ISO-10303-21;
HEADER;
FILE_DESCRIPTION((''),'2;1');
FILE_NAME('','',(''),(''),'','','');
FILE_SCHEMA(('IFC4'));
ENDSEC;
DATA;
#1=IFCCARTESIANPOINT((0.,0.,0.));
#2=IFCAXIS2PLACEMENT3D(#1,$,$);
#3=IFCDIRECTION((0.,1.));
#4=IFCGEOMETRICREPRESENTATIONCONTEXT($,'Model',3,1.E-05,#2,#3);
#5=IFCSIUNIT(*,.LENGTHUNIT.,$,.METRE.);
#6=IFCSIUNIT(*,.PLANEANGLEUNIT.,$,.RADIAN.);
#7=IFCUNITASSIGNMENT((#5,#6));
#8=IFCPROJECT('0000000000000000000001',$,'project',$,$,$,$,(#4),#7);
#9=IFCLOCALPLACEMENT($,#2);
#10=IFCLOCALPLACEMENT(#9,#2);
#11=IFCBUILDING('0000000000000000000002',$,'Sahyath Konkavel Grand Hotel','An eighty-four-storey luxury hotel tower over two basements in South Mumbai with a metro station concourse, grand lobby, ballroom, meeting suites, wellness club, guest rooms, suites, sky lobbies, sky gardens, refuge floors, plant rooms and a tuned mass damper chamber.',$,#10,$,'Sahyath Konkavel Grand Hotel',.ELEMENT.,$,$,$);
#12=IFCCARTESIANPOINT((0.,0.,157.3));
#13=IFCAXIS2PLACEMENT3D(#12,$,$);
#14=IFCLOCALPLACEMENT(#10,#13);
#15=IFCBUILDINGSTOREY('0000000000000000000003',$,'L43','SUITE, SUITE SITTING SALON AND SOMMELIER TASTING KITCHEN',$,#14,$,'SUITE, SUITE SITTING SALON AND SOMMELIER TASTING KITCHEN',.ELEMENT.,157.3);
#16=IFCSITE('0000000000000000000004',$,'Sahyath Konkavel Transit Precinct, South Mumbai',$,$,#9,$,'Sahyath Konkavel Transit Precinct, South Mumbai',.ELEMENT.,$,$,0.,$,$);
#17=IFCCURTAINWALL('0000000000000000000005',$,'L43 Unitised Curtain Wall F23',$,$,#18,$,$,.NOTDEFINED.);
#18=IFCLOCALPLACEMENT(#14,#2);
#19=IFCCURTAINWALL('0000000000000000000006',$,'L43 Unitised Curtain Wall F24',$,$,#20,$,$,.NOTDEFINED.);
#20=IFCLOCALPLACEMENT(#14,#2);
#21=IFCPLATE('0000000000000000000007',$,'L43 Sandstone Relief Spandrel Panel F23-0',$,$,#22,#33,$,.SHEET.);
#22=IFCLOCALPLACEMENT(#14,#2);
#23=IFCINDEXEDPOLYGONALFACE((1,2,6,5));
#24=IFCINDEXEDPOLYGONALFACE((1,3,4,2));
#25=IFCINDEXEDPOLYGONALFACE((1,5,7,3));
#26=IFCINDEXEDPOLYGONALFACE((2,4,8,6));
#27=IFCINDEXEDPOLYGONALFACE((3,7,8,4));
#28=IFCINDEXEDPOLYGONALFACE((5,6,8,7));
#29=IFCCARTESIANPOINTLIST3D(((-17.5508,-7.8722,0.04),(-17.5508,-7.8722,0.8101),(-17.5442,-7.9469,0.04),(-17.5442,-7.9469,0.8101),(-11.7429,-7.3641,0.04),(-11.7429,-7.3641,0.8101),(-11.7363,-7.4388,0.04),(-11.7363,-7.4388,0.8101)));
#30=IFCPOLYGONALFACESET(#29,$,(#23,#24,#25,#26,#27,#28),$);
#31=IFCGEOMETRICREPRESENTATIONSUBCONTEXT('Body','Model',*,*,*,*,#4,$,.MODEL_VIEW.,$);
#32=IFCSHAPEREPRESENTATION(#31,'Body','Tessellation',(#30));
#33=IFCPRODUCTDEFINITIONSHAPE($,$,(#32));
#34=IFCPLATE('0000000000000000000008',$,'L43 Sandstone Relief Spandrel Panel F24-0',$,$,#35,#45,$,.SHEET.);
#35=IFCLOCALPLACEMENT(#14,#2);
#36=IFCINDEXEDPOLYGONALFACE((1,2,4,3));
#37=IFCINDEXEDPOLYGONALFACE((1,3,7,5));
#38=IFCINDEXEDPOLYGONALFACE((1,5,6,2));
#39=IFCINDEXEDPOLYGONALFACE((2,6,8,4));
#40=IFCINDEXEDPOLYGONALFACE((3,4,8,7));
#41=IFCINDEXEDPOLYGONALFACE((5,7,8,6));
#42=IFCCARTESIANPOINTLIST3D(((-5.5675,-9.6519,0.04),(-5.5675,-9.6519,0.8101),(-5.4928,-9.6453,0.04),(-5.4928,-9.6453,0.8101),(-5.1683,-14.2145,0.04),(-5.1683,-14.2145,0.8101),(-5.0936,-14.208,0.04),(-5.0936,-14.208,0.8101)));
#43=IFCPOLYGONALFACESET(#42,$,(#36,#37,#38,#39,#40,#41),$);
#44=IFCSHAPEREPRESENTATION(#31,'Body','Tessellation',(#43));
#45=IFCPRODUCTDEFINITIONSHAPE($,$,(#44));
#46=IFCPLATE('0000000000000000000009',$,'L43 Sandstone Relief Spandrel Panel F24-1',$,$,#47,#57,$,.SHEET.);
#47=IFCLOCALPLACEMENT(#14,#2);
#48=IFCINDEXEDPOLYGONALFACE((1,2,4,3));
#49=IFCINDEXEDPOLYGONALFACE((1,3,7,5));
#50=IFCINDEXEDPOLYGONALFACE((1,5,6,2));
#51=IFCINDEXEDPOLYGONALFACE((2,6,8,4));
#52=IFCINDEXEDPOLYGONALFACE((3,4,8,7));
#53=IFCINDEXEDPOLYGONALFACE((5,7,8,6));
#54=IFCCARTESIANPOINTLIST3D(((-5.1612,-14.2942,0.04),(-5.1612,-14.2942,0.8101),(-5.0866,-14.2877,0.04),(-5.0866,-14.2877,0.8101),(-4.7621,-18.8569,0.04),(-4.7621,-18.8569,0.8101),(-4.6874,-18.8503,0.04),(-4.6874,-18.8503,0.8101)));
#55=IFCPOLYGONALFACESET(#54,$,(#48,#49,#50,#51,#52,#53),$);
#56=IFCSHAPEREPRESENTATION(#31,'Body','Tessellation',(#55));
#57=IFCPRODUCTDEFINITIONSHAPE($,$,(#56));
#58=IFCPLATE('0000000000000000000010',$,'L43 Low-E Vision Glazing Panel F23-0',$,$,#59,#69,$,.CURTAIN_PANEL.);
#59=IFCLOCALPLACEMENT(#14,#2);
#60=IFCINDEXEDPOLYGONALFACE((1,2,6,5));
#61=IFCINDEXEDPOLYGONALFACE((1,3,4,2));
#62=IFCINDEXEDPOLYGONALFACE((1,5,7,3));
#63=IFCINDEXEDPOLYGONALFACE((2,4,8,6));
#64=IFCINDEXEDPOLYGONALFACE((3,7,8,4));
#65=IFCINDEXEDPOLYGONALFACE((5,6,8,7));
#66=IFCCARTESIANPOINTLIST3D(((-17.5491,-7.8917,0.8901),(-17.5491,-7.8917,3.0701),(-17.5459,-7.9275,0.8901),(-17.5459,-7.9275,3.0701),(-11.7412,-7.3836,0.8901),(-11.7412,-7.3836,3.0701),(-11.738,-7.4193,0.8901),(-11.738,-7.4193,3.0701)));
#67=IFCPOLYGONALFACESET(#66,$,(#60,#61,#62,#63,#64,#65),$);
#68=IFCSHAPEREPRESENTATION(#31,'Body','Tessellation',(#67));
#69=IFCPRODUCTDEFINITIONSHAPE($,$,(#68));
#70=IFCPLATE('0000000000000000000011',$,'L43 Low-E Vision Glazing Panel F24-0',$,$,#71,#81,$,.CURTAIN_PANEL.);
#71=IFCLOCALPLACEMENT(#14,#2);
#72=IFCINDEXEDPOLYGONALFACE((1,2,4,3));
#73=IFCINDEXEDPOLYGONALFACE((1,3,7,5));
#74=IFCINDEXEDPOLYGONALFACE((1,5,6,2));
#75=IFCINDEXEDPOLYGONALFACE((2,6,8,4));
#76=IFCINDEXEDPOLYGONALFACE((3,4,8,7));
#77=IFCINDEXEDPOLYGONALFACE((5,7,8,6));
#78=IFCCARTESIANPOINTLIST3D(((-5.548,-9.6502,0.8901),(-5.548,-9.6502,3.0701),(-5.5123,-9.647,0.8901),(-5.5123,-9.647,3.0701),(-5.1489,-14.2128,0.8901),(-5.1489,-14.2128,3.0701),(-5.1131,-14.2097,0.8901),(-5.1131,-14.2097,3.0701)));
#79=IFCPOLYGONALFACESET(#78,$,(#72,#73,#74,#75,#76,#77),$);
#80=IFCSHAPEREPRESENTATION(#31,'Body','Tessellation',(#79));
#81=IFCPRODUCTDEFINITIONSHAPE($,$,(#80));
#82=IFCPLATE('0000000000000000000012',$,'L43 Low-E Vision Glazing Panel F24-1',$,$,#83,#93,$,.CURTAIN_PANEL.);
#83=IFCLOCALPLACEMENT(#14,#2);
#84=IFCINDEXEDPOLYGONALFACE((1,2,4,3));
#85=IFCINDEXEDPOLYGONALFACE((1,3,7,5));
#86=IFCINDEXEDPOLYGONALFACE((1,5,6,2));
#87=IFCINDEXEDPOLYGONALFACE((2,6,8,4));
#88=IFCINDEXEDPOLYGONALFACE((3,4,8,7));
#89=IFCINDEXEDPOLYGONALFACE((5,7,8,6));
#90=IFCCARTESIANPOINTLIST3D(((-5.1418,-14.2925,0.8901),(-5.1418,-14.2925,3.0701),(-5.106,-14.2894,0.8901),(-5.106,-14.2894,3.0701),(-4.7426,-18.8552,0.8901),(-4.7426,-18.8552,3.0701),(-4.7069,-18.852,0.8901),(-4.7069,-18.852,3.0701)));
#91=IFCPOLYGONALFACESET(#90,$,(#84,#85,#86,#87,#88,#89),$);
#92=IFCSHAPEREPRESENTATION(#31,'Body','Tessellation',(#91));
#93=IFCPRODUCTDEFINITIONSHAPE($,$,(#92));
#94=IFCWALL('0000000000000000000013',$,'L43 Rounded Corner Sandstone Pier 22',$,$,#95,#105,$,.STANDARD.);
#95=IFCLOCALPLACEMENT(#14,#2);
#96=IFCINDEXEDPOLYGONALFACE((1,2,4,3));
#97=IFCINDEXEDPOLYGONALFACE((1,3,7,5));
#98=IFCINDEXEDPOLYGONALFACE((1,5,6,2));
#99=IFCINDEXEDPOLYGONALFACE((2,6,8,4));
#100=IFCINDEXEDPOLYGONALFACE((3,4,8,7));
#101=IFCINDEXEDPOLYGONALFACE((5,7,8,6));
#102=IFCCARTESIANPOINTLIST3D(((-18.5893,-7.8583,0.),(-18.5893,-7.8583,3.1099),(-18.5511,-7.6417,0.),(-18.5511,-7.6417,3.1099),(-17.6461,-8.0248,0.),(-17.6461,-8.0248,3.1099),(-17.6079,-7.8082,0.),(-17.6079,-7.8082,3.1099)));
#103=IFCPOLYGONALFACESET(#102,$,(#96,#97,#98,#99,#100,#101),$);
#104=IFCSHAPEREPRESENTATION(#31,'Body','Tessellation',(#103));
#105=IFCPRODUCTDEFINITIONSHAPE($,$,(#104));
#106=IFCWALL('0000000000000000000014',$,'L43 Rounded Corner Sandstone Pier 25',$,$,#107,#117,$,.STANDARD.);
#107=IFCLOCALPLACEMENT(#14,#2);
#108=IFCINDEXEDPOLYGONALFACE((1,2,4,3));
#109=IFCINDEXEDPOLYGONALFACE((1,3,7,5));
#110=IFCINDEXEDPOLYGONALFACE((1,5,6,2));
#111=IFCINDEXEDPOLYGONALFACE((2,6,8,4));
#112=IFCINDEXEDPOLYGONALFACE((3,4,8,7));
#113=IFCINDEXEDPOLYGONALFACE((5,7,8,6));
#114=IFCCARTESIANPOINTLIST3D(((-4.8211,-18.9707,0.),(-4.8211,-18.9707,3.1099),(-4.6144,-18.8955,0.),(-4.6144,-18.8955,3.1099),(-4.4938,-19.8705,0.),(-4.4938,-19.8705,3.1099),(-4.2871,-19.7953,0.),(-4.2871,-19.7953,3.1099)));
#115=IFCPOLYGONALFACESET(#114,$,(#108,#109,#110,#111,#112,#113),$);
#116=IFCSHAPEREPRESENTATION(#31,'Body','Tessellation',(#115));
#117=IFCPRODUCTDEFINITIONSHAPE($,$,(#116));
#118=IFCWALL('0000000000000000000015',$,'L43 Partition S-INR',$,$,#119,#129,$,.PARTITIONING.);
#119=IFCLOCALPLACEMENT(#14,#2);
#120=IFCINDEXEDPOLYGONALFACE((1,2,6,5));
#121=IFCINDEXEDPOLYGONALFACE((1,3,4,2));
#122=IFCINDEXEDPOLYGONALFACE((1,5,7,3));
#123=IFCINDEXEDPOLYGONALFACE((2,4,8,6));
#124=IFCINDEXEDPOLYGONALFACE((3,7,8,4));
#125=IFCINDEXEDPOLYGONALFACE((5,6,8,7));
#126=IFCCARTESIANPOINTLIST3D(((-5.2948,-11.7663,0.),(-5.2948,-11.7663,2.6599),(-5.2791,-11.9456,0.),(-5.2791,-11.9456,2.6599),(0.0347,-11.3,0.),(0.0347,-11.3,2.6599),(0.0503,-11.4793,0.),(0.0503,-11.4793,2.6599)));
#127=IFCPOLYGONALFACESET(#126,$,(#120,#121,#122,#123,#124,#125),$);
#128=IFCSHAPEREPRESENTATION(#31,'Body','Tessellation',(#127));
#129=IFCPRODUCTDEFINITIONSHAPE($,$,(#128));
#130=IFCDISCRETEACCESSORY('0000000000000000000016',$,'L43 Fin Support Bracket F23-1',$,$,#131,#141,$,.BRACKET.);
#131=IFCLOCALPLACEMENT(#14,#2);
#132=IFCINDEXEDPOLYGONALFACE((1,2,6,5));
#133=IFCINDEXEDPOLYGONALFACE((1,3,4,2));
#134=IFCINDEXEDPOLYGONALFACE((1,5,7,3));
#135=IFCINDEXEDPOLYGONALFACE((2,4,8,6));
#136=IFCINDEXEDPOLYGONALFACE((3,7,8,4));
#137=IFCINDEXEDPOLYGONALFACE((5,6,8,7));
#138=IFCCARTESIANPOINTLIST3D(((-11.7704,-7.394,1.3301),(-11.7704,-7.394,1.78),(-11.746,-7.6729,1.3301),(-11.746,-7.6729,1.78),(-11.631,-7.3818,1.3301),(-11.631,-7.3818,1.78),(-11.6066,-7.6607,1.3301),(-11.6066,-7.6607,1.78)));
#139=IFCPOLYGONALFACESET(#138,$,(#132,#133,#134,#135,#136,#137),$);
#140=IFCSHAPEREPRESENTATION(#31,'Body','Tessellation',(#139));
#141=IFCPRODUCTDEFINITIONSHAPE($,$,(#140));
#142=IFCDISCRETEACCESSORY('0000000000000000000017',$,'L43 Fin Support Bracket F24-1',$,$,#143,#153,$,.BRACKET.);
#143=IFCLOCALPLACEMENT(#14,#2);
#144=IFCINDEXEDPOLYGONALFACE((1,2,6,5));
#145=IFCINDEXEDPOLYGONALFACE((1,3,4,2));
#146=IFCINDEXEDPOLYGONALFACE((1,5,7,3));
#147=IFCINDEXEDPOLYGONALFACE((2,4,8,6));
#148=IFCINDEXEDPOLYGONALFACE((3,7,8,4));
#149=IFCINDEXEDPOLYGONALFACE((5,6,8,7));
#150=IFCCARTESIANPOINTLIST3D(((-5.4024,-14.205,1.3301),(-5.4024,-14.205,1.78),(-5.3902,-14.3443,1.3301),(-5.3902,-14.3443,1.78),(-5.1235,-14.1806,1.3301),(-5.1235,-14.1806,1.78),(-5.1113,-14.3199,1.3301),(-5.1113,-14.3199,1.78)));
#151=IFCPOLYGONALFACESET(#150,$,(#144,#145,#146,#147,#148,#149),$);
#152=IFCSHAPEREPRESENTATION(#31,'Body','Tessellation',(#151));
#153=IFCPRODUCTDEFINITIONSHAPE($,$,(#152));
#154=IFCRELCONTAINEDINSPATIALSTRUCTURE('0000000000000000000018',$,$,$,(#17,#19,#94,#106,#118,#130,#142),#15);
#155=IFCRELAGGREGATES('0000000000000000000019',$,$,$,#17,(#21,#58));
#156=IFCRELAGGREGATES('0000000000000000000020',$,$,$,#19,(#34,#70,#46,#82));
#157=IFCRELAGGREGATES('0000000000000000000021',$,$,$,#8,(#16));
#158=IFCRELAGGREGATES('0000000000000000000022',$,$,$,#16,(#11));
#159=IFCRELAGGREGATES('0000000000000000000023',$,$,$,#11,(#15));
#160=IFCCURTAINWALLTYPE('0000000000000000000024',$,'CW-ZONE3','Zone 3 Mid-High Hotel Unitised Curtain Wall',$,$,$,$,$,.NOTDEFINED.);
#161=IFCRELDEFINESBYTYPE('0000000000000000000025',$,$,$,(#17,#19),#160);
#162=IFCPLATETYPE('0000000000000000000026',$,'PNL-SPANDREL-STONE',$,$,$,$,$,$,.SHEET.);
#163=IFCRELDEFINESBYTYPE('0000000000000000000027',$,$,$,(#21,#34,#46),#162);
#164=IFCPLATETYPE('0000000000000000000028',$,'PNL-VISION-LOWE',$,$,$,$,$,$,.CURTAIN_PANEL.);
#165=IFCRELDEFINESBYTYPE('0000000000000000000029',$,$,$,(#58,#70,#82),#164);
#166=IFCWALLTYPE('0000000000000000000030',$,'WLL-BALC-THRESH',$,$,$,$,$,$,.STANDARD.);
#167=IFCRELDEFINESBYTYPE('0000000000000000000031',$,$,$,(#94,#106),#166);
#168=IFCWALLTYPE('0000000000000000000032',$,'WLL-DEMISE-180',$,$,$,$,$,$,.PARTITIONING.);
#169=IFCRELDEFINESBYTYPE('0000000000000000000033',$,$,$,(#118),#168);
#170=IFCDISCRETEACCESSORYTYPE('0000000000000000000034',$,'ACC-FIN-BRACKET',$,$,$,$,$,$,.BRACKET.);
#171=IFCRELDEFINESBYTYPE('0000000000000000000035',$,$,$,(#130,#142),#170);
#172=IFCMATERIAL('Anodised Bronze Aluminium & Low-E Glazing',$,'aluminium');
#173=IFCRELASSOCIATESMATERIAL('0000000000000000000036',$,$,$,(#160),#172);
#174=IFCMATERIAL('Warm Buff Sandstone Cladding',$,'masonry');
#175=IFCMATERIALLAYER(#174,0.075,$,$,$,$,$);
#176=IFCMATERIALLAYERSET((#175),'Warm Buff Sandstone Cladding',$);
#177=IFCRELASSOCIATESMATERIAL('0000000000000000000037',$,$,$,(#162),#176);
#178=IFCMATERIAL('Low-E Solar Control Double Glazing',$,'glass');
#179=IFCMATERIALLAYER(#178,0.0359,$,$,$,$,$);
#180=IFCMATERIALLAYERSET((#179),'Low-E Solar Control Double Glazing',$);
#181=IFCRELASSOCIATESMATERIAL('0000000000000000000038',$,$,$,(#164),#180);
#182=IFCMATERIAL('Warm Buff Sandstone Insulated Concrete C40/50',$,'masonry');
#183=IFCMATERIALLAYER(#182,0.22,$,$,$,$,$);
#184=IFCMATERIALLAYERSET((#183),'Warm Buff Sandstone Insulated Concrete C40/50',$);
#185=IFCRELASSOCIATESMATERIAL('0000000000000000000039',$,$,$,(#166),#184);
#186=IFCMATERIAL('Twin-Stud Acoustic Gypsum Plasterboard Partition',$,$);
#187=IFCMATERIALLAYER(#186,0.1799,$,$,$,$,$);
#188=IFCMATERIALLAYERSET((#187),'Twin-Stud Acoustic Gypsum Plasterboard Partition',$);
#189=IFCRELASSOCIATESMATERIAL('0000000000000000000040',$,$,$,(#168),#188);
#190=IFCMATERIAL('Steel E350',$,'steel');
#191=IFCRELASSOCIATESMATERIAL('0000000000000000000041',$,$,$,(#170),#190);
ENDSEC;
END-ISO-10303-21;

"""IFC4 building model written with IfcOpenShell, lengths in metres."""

from ifc_helpers import new_model, si_unit, direction, frame, frame_2d, origin, origin_2d, place, context, subcontext, project, spatial, rectangle, extrude, source, transform, mapped, material, layer, layer_set, type_object, element, aggregate, save


model = new_model("IFC4")

# Units and contexts
model_context = context("Model", 3, precision=1e-05, world=origin(), true_north=direction((0.0, 1.0)))
body_context = subcontext(model_context, "Body", "Model", "MODEL_VIEW")
ifc_project = project(units=[si_unit("LENGTHUNIT", "METRE"), si_unit("PLANEANGLEUNIT", "RADIAN")], contexts=[model_context])

# Site, building, storey
site_placement = place(None, origin())
site = spatial("IfcSite", under=ifc_project, at=site_placement, Name="Sahyath Konkavel Transit Precinct, South Mumbai", LongName="Sahyath Konkavel Transit Precinct, South Mumbai", CompositionType="ELEMENT", RefElevation=0.0)
building_placement = place(site_placement, origin())
building = spatial("IfcBuilding", under=site, at=building_placement, Name="Sahyath Konkavel Grand Hotel", Description="An eighty-four-storey luxury hotel tower over two basements in South Mumbai with a metro station concourse, grand lobby, ballroom, meeting suites, wellness club, guest rooms, suites, sky lobbies, sky gardens, refuge floors, plant rooms and a tuned mass damper chamber.", LongName="Sahyath Konkavel Grand Hotel", CompositionType="ELEMENT")
storey_placement = place(building_placement, frame((0.0, 0.0, 157.3)))
storey = spatial("IfcBuildingStorey", under=building, at=storey_placement, Name="L43", Description="SUITE, SUITE SITTING SALON AND SOMMELIER TASTING KITCHEN", LongName="SUITE, SUITE SITTING SALON AND SOMMELIER TASTING KITCHEN", CompositionType="ELEMENT", Elevation=157.3)

# Curtain walls
ifc_material_1 = material(Name="Anodised Bronze Aluminium & Low-E Glazing", Category="aluminium")
curtain_wall_type = type_object("IfcCurtainWallType", Name="CW-ZONE3", Description="Zone 3 Mid-High Hotel Unitised Curtain Wall", PredefinedType="NOTDEFINED", material=ifc_material_1)
curtain_wall_1_placement = place(storey_placement, origin())
curtain_wall_1 = element("IfcCurtainWall", 1, at=curtain_wall_1_placement, inside=storey, type_object=curtain_wall_type, Name="L43 Unitised Curtain Wall F23", PredefinedType="NOTDEFINED")
curtain_wall_2_placement = place(storey_placement, origin())
curtain_wall_2 = element("IfcCurtainWall", 2, at=curtain_wall_2_placement, inside=storey, type_object=curtain_wall_type, Name="L43 Unitised Curtain Wall F24", PredefinedType="NOTDEFINED")

# Plates
ifc_material_2 = material(Name="Warm Buff Sandstone Cladding", Category="masonry")
ifc_layer_1 = layer(ifc_material_2, 0.075)
ifc_layer_set_1 = layer_set([ifc_layer_1], Name="Warm Buff Sandstone Cladding")
plate_type_1 = type_object("IfcPlateType", Name="PNL-SPANDREL-STONE", PredefinedType="SHEET", material=ifc_layer_set_1)
shared_shape_1 = source(origin(), body_context, "Body", "SweptSolid", [
    extrude(rectangle(XDim=5.8301, YDim=0.075, at=origin_2d()), origin(), (0.0, 0.0, 1.0), 0.77),
])
plate_1_placement = place(storey_placement, frame((-14.6436, -7.6555, 0.04), z_axis=(0.0, 0.0, 1.0), x_axis=(0.996195, 0.087156, 0.0)))
plate_1 = element("IfcPlate", 3, at=plate_1_placement, type_object=plate_type_1, Name="L43 Sandstone Relief Spandrel Panel F23-0", PredefinedType="SHEET", context=body_context, shape_type="MappedRepresentation", body=[
    mapped(shared_shape_1, transform((0.0, 0.0, 0.0), scale=1.0)),
])
shared_shape_2 = source(origin(), body_context, "Body", "SweptSolid", [
    extrude(rectangle(XDim=4.5801, YDim=0.075, at=origin_2d()), origin(), (0.0, 0.0, 1.0), 0.77),
])
plate_2_placement = place(storey_placement, frame((-5.3306, -11.9299, 0.04), z_axis=(0.0, 0.0, 1.0), x_axis=(0.087156, -0.996195, 0.0)))
plate_2 = element("IfcPlate", 4, at=plate_2_placement, type_object=plate_type_1, Name="L43 Sandstone Relief Spandrel Panel F24-0", PredefinedType="SHEET", context=body_context, shape_type="MappedRepresentation", body=[
    mapped(shared_shape_2, transform((0.0, 0.0, 0.0), scale=1.0)),
])
plate_3_placement = place(storey_placement, frame((-4.9243, -16.5723, 0.04), z_axis=(0.0, 0.0, 1.0), x_axis=(0.087156, -0.996195, 0.0)))
plate_3 = element("IfcPlate", 5, at=plate_3_placement, type_object=plate_type_1, Name="L43 Sandstone Relief Spandrel Panel F24-1", PredefinedType="SHEET", context=body_context, shape_type="MappedRepresentation", body=[
    mapped(shared_shape_2, transform((0.0, 0.0, 0.0), scale=1.0)),
])
ifc_material_3 = material(Name="Low-E Solar Control Double Glazing", Category="glass")
ifc_layer_2 = layer(ifc_material_3, 0.0359)
ifc_layer_set_2 = layer_set([ifc_layer_2], Name="Low-E Solar Control Double Glazing")
plate_type_2 = type_object("IfcPlateType", Name="PNL-VISION-LOWE", PredefinedType="CURTAIN_PANEL", material=ifc_layer_set_2)
shared_shape_3 = source(origin(), body_context, "Body", "SweptSolid", [
    extrude(rectangle(XDim=5.8301, YDim=0.0359, at=origin_2d()), origin(), (0.0, 0.0, 1.0), 2.1799),
])
plate_4_placement = place(storey_placement, frame((-14.6436, -7.6555, 0.8901), z_axis=(0.0, 0.0, 1.0), x_axis=(0.996195, 0.087156, 0.0)))
plate_4 = element("IfcPlate", 6, at=plate_4_placement, type_object=plate_type_2, Name="L43 Low-E Vision Glazing Panel F23-0", PredefinedType="CURTAIN_PANEL", context=body_context, shape_type="MappedRepresentation", body=[
    mapped(shared_shape_3, transform((0.0, 0.0, 0.0), scale=1.0)),
])
aggregate(curtain_wall_1, [plate_1, plate_4])
shared_shape_4 = source(origin(), body_context, "Body", "SweptSolid", [
    extrude(rectangle(XDim=4.5801, YDim=0.0359, at=origin_2d()), origin(), (0.0, 0.0, 1.0), 2.1799),
])
plate_5_placement = place(storey_placement, frame((-5.3306, -11.9299, 0.8901), z_axis=(0.0, 0.0, 1.0), x_axis=(0.087156, -0.996195, 0.0)))
plate_5 = element("IfcPlate", 7, at=plate_5_placement, type_object=plate_type_2, Name="L43 Low-E Vision Glazing Panel F24-0", PredefinedType="CURTAIN_PANEL", context=body_context, shape_type="MappedRepresentation", body=[
    mapped(shared_shape_4, transform((0.0, 0.0, 0.0), scale=1.0)),
])
plate_6_placement = place(storey_placement, frame((-4.9243, -16.5723, 0.8901), z_axis=(0.0, 0.0, 1.0), x_axis=(0.087156, -0.996195, 0.0)))
plate_6 = element("IfcPlate", 8, at=plate_6_placement, type_object=plate_type_2, Name="L43 Low-E Vision Glazing Panel F24-1", PredefinedType="CURTAIN_PANEL", context=body_context, shape_type="MappedRepresentation", body=[
    mapped(shared_shape_4, transform((0.0, 0.0, 0.0), scale=1.0)),
])
aggregate(curtain_wall_2, [plate_2, plate_5, plate_3, plate_6])

# Walls
ifc_material_4 = material(Name="Warm Buff Sandstone Insulated Concrete C40/50", Category="masonry")
ifc_layer_3 = layer(ifc_material_4, 0.22)
ifc_layer_set_3 = layer_set([ifc_layer_3], Name="Warm Buff Sandstone Insulated Concrete C40/50")
wall_type_1 = type_object("IfcWallType", Name="WLL-BALC-THRESH", PredefinedType="STANDARD", material=ifc_layer_set_3)
wall_1_placement = place(storey_placement, frame((-18.5703, -7.75, 0.0), z_axis=(0.0, 0.0, 1.0), x_axis=(0.984771, -0.173858, 0.0)))
element("IfcWall", 9, at=wall_1_placement, inside=storey, type_object=wall_type_1, Name="L43 Rounded Corner Sandstone Pier 22", PredefinedType="STANDARD", context=body_context, shape_type="SweptSolid", body=[
    extrude(rectangle(XDim=0.9578, YDim=0.22, at=frame_2d((0.479, 0.0))), origin(), (0.0, 0.0, 1.0), 3.1099),
])
wall_2_placement = place(storey_placement, frame((-4.7178, -18.9331, 0.0), z_axis=(0.0, 0.0, 1.0), x_axis=(0.341886, -0.939741, 0.0)))
element("IfcWall", 10, at=wall_2_placement, inside=storey, type_object=wall_type_1, Name="L43 Rounded Corner Sandstone Pier 25", PredefinedType="STANDARD", context=body_context, shape_type="SweptSolid", body=[
    extrude(rectangle(XDim=0.9575, YDim=0.22, at=frame_2d((0.4788, 0.0))), origin(), (0.0, 0.0, 1.0), 3.1099),
])
ifc_material_5 = material(Name="Twin-Stud Acoustic Gypsum Plasterboard Partition")
ifc_layer_4 = layer(ifc_material_5, 0.1799)
ifc_layer_set_4 = layer_set([ifc_layer_4], Name="Twin-Stud Acoustic Gypsum Plasterboard Partition")
wall_type_2 = type_object("IfcWallType", Name="WLL-DEMISE-180", PredefinedType="PARTITIONING", material=ifc_layer_set_4)
wall_3_placement = place(storey_placement, frame((-5.2869, -11.856, 0.0), z_axis=(0.0, 0.0, 1.0), x_axis=(0.996194, 0.087161, 0.0)))
element("IfcWall", 11, at=wall_3_placement, inside=storey, type_object=wall_type_2, Name="L43 Partition S-INR", PredefinedType="PARTITIONING", context=body_context, shape_type="SweptSolid", body=[
    extrude(rectangle(XDim=5.3499, YDim=0.1799, at=frame_2d((2.6748, 0.0))), origin(), (0.0, 0.0, 1.0), 2.6599),
])

# Discrete accessories
ifc_material_6 = material(Name="Steel E350", Category="steel")
discrete_accessory_type = type_object("IfcDiscreteAccessoryType", Name="ACC-FIN-BRACKET", PredefinedType="BRACKET", material=ifc_material_6)
shared_shape_5 = source(origin(), body_context, "Body", "SweptSolid", [
    extrude(rectangle(XDim=0.28, YDim=0.1399, at=origin_2d()), origin(), (0.0, 0.0, 1.0), 0.45),
])
for number, where, z_axis, x_axis, name in (
    (12, (-11.6885, -7.5273, 1.3301), (0.0, 0.0, 1.0), (0.087156, -0.996195, 0.0), "L43 Fin Support Bracket F23-1"),
    (13, (-5.2568, -14.2625, 1.3301), (0.0, 0.0, 1.0), (-0.996195, -0.087156, 0.0), "L43 Fin Support Bracket F24-1"),
):
    element("IfcDiscreteAccessory", number, at=place(storey_placement, frame(where, z_axis=z_axis, x_axis=x_axis)), inside=storey, type_object=discrete_accessory_type, Name=name, PredefinedType="BRACKET", context=body_context, shape_type="MappedRepresentation", body=[
        mapped(shared_shape_5, transform((0.0, 0.0, 0.0), scale=1.0)),
    ])

save(model, "model.ifc")
